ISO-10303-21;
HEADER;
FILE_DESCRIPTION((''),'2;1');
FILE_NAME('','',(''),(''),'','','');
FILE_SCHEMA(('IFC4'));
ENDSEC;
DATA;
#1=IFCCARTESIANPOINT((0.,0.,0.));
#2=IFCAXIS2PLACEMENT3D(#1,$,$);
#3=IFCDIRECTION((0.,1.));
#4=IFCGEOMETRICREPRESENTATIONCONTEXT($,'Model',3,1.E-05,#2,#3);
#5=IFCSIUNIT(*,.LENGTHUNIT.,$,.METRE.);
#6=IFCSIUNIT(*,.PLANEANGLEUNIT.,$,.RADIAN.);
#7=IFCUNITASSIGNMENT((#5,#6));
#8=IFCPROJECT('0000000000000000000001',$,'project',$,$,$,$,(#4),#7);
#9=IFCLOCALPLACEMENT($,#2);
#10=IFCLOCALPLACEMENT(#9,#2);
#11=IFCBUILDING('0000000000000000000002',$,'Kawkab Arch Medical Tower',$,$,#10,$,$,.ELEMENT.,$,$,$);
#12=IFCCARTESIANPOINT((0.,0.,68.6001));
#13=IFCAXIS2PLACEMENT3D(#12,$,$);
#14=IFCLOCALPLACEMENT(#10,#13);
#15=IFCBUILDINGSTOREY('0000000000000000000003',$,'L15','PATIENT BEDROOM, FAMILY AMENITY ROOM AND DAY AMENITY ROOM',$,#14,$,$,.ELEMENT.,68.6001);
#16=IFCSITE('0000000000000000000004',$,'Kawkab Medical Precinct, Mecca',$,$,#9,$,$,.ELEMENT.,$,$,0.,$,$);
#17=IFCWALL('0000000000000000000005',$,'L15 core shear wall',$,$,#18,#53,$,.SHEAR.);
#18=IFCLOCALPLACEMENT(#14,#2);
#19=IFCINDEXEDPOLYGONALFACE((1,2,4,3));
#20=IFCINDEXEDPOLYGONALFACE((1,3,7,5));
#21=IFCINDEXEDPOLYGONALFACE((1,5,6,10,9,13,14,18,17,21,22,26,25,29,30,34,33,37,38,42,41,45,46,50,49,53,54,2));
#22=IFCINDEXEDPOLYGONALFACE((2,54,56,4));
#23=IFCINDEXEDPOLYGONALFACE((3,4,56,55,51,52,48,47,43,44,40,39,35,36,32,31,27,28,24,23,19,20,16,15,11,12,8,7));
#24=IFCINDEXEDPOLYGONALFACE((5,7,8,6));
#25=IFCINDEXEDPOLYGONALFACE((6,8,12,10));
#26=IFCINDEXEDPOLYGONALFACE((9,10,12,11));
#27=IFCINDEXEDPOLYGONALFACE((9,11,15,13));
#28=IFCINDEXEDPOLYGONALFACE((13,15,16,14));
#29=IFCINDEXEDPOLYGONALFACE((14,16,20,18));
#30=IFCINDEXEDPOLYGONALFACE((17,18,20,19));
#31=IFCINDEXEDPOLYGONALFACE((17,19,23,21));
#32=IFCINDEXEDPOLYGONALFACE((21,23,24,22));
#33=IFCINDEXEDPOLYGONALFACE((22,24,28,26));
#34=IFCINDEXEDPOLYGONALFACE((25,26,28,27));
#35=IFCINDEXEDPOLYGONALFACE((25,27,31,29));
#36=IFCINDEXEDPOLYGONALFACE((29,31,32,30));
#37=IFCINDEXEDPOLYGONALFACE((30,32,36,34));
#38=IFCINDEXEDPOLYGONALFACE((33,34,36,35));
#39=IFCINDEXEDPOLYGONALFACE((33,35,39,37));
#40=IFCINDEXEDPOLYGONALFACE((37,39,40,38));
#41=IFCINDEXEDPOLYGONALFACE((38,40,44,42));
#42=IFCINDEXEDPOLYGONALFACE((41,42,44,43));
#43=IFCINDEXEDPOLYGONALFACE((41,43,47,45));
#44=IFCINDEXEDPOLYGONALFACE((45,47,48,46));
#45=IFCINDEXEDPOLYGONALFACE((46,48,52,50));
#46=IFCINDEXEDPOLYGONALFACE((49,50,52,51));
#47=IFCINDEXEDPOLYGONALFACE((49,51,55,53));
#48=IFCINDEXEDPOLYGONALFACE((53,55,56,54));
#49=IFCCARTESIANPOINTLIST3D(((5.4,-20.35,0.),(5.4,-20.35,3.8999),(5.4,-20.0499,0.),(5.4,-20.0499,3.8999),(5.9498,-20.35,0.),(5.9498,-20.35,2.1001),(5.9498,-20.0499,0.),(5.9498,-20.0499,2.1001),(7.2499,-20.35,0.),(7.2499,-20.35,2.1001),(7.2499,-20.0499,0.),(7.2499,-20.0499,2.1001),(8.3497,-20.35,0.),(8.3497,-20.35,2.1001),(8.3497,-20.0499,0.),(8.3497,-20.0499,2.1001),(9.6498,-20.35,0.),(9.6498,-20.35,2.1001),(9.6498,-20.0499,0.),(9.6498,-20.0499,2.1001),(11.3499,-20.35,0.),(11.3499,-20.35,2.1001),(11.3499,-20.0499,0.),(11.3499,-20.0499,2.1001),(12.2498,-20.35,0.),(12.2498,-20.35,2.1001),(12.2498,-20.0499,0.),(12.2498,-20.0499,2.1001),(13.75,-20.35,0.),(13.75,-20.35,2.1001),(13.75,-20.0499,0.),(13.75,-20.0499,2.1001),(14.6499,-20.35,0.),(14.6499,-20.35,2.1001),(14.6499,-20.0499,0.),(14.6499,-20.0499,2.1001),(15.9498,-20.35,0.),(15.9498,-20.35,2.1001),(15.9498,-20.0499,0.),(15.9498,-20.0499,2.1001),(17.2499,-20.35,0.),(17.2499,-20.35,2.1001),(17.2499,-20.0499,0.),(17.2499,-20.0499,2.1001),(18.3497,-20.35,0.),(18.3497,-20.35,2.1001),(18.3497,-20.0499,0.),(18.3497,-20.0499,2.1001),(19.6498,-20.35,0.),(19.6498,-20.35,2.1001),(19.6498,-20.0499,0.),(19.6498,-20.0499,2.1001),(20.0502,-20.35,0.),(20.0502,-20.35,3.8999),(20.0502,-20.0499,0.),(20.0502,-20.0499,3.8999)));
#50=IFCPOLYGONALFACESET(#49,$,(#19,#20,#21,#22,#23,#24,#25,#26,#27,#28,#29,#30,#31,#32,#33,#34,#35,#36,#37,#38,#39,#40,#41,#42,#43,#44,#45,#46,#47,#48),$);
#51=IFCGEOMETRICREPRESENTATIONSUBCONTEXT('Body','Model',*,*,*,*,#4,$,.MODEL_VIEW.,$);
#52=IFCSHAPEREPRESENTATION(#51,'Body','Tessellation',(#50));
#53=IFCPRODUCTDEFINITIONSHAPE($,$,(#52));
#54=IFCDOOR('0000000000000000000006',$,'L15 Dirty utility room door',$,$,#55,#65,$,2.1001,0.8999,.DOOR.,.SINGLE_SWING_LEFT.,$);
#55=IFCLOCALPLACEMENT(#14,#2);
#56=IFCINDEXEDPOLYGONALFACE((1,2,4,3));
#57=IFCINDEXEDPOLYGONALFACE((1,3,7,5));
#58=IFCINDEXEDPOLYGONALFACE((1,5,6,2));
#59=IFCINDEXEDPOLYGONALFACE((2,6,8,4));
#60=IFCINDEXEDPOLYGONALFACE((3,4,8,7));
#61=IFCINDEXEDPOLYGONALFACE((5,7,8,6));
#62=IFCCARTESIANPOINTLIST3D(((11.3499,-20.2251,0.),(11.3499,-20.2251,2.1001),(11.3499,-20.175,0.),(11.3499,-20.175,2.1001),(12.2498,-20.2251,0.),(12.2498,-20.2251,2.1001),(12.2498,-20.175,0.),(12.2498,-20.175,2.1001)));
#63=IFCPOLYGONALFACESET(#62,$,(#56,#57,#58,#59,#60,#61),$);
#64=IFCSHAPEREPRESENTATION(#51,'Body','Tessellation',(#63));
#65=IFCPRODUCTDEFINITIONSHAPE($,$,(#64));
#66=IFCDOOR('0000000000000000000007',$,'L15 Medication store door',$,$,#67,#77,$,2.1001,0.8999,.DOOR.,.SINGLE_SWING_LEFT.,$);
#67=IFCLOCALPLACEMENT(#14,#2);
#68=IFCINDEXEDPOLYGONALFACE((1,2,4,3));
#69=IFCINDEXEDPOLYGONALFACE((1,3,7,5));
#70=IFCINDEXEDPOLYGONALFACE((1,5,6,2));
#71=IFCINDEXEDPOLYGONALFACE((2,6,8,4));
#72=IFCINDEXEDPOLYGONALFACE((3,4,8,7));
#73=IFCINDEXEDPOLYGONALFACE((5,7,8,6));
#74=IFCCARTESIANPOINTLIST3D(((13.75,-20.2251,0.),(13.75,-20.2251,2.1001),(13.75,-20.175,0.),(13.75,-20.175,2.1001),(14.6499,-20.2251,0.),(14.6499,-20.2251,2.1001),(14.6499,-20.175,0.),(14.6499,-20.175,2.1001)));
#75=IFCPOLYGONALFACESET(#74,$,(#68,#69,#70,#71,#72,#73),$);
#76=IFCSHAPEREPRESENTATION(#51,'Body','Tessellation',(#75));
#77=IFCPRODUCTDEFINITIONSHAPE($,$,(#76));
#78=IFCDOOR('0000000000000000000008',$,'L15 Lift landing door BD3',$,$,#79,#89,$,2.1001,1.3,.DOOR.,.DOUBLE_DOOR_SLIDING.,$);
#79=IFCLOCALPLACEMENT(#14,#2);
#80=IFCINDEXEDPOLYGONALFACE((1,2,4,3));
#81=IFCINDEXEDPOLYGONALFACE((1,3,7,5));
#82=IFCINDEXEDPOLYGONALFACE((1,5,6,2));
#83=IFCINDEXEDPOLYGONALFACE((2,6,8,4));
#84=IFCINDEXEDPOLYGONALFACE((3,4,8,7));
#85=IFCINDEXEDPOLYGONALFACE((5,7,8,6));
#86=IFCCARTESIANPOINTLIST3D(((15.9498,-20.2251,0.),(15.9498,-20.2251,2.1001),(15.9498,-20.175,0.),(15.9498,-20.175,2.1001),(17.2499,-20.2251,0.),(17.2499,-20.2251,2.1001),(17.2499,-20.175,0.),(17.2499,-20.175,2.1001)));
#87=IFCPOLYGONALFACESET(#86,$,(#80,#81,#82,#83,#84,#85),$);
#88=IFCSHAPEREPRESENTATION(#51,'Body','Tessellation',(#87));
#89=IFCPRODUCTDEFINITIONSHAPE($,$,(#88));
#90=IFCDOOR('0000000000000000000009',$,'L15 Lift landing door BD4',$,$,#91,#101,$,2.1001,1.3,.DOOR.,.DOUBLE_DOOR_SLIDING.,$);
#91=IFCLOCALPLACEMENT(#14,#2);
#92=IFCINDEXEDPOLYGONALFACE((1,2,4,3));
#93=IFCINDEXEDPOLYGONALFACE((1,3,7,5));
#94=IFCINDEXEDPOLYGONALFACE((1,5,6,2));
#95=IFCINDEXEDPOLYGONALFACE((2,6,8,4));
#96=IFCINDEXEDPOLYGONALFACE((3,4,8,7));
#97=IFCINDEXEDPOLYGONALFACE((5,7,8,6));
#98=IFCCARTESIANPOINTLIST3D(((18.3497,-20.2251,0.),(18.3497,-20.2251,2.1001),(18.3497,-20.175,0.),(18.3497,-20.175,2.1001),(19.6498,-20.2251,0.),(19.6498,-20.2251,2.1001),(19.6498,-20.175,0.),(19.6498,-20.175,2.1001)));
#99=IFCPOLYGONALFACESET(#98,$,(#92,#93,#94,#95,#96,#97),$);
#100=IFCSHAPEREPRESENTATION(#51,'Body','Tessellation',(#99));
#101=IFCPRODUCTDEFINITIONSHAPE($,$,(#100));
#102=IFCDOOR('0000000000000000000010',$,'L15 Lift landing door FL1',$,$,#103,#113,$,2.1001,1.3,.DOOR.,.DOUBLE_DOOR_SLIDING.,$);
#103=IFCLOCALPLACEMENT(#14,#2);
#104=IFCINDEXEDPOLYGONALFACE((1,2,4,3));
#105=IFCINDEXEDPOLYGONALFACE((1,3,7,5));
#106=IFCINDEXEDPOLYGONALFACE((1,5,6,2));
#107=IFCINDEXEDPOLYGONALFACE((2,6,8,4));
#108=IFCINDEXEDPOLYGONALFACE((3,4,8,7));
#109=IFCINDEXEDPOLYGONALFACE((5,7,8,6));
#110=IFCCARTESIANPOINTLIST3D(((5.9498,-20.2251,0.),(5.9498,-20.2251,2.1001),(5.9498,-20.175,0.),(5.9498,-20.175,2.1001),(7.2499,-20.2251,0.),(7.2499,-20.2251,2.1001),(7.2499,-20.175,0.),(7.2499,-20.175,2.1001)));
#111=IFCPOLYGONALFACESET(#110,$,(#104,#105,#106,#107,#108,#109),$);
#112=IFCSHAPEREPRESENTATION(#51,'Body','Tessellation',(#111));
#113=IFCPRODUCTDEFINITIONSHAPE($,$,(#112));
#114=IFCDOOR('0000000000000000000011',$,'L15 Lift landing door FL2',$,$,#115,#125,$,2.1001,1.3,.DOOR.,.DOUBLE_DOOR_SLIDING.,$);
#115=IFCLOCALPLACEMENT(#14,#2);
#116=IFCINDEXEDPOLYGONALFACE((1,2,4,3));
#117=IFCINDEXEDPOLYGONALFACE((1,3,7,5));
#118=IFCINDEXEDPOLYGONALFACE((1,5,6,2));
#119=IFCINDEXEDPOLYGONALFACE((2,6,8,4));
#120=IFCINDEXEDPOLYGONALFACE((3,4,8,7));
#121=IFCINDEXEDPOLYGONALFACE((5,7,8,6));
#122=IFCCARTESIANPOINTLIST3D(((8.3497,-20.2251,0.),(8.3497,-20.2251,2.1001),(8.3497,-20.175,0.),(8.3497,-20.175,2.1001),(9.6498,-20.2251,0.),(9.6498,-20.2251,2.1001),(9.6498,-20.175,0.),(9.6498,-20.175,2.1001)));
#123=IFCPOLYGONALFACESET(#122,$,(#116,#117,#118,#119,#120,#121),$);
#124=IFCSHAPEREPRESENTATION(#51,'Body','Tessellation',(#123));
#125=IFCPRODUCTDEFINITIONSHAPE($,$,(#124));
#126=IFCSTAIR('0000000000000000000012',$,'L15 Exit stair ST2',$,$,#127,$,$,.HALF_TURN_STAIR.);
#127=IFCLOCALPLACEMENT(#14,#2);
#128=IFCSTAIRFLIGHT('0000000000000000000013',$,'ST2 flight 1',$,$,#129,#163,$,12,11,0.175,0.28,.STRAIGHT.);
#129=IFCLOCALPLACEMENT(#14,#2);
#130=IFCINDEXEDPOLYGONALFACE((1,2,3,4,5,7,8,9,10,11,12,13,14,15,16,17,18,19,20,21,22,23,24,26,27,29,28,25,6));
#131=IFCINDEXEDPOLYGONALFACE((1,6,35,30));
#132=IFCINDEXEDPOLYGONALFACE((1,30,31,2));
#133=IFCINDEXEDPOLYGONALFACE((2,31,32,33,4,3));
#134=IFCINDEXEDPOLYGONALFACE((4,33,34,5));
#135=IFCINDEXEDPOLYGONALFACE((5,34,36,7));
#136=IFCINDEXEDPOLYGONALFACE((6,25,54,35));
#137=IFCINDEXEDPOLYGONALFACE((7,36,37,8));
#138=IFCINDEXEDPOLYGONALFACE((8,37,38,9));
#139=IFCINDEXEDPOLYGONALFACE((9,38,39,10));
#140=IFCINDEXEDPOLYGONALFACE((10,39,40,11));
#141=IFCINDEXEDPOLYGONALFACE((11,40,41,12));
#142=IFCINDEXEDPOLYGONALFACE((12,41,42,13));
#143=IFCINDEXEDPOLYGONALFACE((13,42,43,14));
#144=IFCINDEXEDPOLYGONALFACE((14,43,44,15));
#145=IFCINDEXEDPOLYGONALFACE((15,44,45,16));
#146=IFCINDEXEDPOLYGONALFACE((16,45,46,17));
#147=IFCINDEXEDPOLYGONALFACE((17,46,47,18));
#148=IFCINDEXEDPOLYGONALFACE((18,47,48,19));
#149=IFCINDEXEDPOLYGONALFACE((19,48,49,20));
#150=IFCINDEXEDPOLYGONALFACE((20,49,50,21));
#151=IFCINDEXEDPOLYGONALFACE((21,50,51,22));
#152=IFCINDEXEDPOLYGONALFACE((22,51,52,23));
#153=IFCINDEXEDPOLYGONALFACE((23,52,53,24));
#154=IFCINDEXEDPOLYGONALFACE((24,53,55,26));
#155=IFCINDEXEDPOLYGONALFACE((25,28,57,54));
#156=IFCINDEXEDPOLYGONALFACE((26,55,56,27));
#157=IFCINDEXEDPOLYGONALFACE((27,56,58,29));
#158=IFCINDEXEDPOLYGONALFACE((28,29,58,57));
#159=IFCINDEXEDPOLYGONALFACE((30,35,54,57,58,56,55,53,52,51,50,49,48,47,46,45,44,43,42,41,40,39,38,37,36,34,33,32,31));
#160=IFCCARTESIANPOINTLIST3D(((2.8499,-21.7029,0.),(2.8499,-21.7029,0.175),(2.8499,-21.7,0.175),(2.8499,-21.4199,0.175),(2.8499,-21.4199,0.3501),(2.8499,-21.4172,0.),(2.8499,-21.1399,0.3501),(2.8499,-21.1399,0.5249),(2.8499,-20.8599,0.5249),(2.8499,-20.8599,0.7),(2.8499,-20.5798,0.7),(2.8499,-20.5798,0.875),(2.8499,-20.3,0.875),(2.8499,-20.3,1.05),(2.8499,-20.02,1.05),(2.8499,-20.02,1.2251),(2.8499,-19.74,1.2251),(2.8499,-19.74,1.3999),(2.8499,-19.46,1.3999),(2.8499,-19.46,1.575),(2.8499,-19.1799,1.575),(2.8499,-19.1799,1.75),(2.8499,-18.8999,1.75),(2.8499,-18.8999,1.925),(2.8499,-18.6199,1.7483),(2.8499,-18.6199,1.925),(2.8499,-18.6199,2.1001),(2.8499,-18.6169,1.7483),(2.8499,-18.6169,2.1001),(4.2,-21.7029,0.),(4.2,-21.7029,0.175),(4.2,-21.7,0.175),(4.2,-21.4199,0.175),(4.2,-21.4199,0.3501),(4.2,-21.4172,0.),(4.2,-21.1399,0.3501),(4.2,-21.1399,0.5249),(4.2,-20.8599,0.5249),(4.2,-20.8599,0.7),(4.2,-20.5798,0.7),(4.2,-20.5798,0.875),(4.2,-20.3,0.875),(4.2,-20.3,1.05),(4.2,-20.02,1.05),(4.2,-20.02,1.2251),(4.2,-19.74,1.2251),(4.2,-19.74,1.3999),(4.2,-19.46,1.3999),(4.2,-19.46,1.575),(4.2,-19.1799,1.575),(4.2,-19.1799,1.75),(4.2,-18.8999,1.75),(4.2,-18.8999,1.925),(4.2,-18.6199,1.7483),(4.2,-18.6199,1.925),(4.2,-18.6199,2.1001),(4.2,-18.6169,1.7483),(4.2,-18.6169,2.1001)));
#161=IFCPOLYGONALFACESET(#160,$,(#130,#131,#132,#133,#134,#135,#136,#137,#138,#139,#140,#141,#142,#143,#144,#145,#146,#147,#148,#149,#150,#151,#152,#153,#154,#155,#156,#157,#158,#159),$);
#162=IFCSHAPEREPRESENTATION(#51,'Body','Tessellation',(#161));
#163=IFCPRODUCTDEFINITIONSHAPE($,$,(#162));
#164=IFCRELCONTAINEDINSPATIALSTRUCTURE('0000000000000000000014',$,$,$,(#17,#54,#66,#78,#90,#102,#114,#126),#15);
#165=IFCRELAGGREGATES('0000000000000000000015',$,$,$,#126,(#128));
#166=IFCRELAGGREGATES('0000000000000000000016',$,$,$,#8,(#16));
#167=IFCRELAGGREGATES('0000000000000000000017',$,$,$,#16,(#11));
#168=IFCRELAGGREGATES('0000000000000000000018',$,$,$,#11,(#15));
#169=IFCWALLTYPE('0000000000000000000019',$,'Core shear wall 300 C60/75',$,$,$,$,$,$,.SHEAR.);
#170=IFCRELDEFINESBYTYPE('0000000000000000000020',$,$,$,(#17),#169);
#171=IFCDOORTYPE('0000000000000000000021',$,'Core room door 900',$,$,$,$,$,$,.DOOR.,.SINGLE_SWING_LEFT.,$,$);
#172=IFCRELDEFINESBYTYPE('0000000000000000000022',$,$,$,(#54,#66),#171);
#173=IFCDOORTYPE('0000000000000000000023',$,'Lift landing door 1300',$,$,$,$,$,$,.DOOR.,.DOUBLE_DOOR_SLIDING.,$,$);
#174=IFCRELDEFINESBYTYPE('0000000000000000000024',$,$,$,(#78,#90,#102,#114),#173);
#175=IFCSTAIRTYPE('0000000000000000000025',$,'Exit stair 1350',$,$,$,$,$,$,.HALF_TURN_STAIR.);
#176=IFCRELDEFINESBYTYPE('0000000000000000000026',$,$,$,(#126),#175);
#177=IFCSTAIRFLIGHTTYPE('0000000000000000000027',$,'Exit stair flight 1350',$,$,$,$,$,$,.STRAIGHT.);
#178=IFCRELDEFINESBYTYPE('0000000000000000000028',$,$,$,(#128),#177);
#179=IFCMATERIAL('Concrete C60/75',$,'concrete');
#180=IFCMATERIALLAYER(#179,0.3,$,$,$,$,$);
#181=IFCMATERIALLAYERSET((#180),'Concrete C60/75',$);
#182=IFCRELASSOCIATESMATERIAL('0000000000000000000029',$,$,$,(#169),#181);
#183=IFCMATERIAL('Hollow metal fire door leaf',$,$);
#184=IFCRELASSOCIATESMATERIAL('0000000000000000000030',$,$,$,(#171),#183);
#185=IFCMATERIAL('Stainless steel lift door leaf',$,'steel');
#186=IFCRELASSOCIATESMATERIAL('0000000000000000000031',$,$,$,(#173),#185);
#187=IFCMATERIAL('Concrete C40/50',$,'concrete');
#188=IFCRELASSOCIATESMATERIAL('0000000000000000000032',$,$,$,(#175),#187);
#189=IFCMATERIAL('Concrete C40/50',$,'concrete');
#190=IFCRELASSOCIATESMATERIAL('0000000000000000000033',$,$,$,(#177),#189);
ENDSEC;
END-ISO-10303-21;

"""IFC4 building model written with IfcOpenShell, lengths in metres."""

from ifc_helpers import new_model, si_unit, direction, frame, frame_2d, origin, place, context, subcontext, project, spatial, polyline, rectangle, outline, extrude, material, layer, layer_set, type_object, element, fill, aggregate, save


model = new_model("IFC4")

# Units and contexts
model_context = context("Model", 3, precision=1e-05, world=origin(), true_north=direction((0.0, 1.0)))
body_context = subcontext(model_context, "Body", "Model", "MODEL_VIEW")
ifc_project = project(units=[si_unit("LENGTHUNIT", "METRE"), si_unit("PLANEANGLEUNIT", "RADIAN")], contexts=[model_context])

# Site, building, storey
site_placement = place(None, origin())
site = spatial("IfcSite", under=ifc_project, at=site_placement, Name="Kawkab Medical Precinct, Mecca", CompositionType="ELEMENT", RefElevation=0.0)
building_placement = place(site_placement, origin())
building = spatial("IfcBuilding", under=site, at=building_placement, Name="Kawkab Arch Medical Tower", CompositionType="ELEMENT")
storey_placement = place(building_placement, frame((0.0, 0.0, 68.6001)))
storey = spatial("IfcBuildingStorey", under=building, at=storey_placement, Name="L15", Description="PATIENT BEDROOM, FAMILY AMENITY ROOM AND DAY AMENITY ROOM", CompositionType="ELEMENT", Elevation=68.6001)

# Shared definitions
ifc_material_1 = material(Name="Concrete C60/75", Category="concrete")
ifc_layer_1 = layer(ifc_material_1, 0.3)
ifc_layer_set_1 = layer_set([ifc_layer_1], Name="Concrete C60/75")
wall_type_1 = type_object("IfcWallType", Name="Core shear wall 300 C60/75", PredefinedType="SHEAR", material=ifc_layer_set_1)

# Wall, openings, doors
wall_1_placement = place(storey_placement, frame((5.3999, -20.2, 0.0), z_axis=(0.0, 0.0, 1.0), x_axis=(1.0, 0.0, 0.0)))
wall_1 = element("IfcWall", 1, at=wall_1_placement, inside=storey, type_object=wall_type_1, Name="L15 core shear wall", PredefinedType="SHEAR", context=body_context, shape_type="SweptSolid", body=[
    extrude(rectangle(XDim=14.6501, YDim=0.3, at=frame_2d((7.3252, 0.0))), origin(), (0.0, 0.0, 1.0), 3.8999),
])
opening_1_placement = place(wall_1_placement, frame((10.55, 0.0, 0.0)))
opening_1 = element("IfcOpeningElement", 2, at=opening_1_placement, cuts=wall_1, PredefinedType="OPENING", context=body_context, shape_type="SweptSolid", body=[
    extrude(rectangle(XDim=1.3, YDim=2.1001, at=frame_2d((0.6499, 1.05))), frame((0.0, 0.1599, 0.0), z_axis=(0.0, -1.0, 0.0), x_axis=(1.0, 0.0, 0.0)), (0.0, 0.0, 1.0), 0.3201),
])
opening_2_placement = place(wall_1_placement, frame((12.95, 0.0, 0.0)))
opening_2 = element("IfcOpeningElement", 3, at=opening_2_placement, cuts=wall_1, PredefinedType="OPENING", context=body_context, shape_type="SweptSolid", body=[
    extrude(rectangle(XDim=1.3, YDim=2.1001, at=frame_2d((0.6499, 1.05))), frame((0.0, 0.1599, 0.0), z_axis=(0.0, -1.0, 0.0), x_axis=(1.0, 0.0, 0.0)), (0.0, 0.0, 1.0), 0.3201),
])
opening_3_placement = place(wall_1_placement, frame((0.55, 0.0, 0.0)))
opening_3 = element("IfcOpeningElement", 4, at=opening_3_placement, cuts=wall_1, PredefinedType="OPENING", context=body_context, shape_type="SweptSolid", body=[
    extrude(rectangle(XDim=1.3, YDim=2.1001, at=frame_2d((0.6499, 1.05))), frame((0.0, 0.1599, 0.0), z_axis=(0.0, -1.0, 0.0), x_axis=(1.0, 0.0, 0.0)), (0.0, 0.0, 1.0), 0.3201),
])
opening_4_placement = place(wall_1_placement, frame((2.95, 0.0, 0.0)))
opening_4 = element("IfcOpeningElement", 5, at=opening_4_placement, cuts=wall_1, PredefinedType="OPENING", context=body_context, shape_type="SweptSolid", body=[
    extrude(rectangle(XDim=1.3, YDim=2.1001, at=frame_2d((0.6499, 1.05))), frame((0.0, 0.1599, 0.0), z_axis=(0.0, -1.0, 0.0), x_axis=(1.0, 0.0, 0.0)), (0.0, 0.0, 1.0), 0.3201),
])
opening_5_placement = place(wall_1_placement, frame((5.95, 0.0, 0.0)))
opening_5 = element("IfcOpeningElement", 6, at=opening_5_placement, cuts=wall_1, PredefinedType="OPENING", context=body_context, shape_type="SweptSolid", body=[
    extrude(rectangle(XDim=0.8999, YDim=2.1001, at=frame_2d((0.45, 1.05))), frame((0.0, 0.1599, 0.0), z_axis=(0.0, -1.0, 0.0), x_axis=(1.0, 0.0, 0.0)), (0.0, 0.0, 1.0), 0.3201),
])
opening_6_placement = place(wall_1_placement, frame((8.3501, 0.0, 0.0)))
opening_6 = element("IfcOpeningElement", 7, at=opening_6_placement, cuts=wall_1, PredefinedType="OPENING", context=body_context, shape_type="SweptSolid", body=[
    extrude(rectangle(XDim=0.8999, YDim=2.1001, at=frame_2d((0.45, 1.05))), frame((0.0, 0.1599, 0.0), z_axis=(0.0, -1.0, 0.0), x_axis=(1.0, 0.0, 0.0)), (0.0, 0.0, 1.0), 0.3201),
])
ifc_material_2 = material(Name="Hollow metal fire door leaf")
door_type_1 = type_object("IfcDoorType", Name="Core room door 900", OperationType="SINGLE_SWING_LEFT", PredefinedType="DOOR", material=ifc_material_2)
door_1_placement = place(opening_5_placement, origin())
door_1 = element("IfcDoor", 8, at=door_1_placement, inside=storey, type_object=door_type_1, Name="L15 Dirty utility room door", OperationType="SINGLE_SWING_LEFT", OverallHeight=2.1001, OverallWidth=0.8999, PredefinedType="DOOR", context=body_context, shape_type="SweptSolid", body=[
    extrude(rectangle(XDim=0.8999, YDim=2.1001, at=frame_2d((0.45, 1.05))), frame((0.0, 0.0249, 0.0), z_axis=(0.0, -1.0, 0.0), x_axis=(1.0, 0.0, 0.0)), (0.0, 0.0, 1.0), 0.05),
])
fill(opening_5, door_1)
door_2_placement = place(opening_6_placement, origin())
door_2 = element("IfcDoor", 9, at=door_2_placement, inside=storey, type_object=door_type_1, Name="L15 Medication store door", OperationType="SINGLE_SWING_LEFT", OverallHeight=2.1001, OverallWidth=0.8999, PredefinedType="DOOR", context=body_context, shape_type="SweptSolid", body=[
    extrude(rectangle(XDim=0.8999, YDim=2.1001, at=frame_2d((0.45, 1.05))), frame((0.0, 0.0249, 0.0), z_axis=(0.0, -1.0, 0.0), x_axis=(1.0, 0.0, 0.0)), (0.0, 0.0, 1.0), 0.05),
])
fill(opening_6, door_2)
ifc_material_3 = material(Name="Stainless steel lift door leaf", Category="steel")
door_type_2 = type_object("IfcDoorType", Name="Lift landing door 1300", OperationType="DOUBLE_DOOR_SLIDING", PredefinedType="DOOR", material=ifc_material_3)
door_3_placement = place(opening_1_placement, origin())
door_3 = element("IfcDoor", 10, at=door_3_placement, inside=storey, type_object=door_type_2, Name="L15 Lift landing door BD3", OperationType="DOUBLE_DOOR_SLIDING", OverallHeight=2.1001, OverallWidth=1.3, PredefinedType="DOOR", context=body_context, shape_type="SweptSolid", body=[
    extrude(rectangle(XDim=1.3, YDim=2.1001, at=frame_2d((0.6499, 1.05))), frame((0.0, 0.0249, 0.0), z_axis=(0.0, -1.0, 0.0), x_axis=(1.0, 0.0, 0.0)), (0.0, 0.0, 1.0), 0.05),
])
fill(opening_1, door_3)
door_4_placement = place(opening_2_placement, origin())
door_4 = element("IfcDoor", 11, at=door_4_placement, inside=storey, type_object=door_type_2, Name="L15 Lift landing door BD4", OperationType="DOUBLE_DOOR_SLIDING", OverallHeight=2.1001, OverallWidth=1.3, PredefinedType="DOOR", context=body_context, shape_type="SweptSolid", body=[
    extrude(rectangle(XDim=1.3, YDim=2.1001, at=frame_2d((0.6499, 1.05))), frame((0.0, 0.0249, 0.0), z_axis=(0.0, -1.0, 0.0), x_axis=(1.0, 0.0, 0.0)), (0.0, 0.0, 1.0), 0.05),
])
fill(opening_2, door_4)
door_5_placement = place(opening_3_placement, origin())
door_5 = element("IfcDoor", 12, at=door_5_placement, inside=storey, type_object=door_type_2, Name="L15 Lift landing door FL1", OperationType="DOUBLE_DOOR_SLIDING", OverallHeight=2.1001, OverallWidth=1.3, PredefinedType="DOOR", context=body_context, shape_type="SweptSolid", body=[
    extrude(rectangle(XDim=1.3, YDim=2.1001, at=frame_2d((0.6499, 1.05))), frame((0.0, 0.0249, 0.0), z_axis=(0.0, -1.0, 0.0), x_axis=(1.0, 0.0, 0.0)), (0.0, 0.0, 1.0), 0.05),
])
fill(opening_3, door_5)
door_6_placement = place(opening_4_placement, origin())
door_6 = element("IfcDoor", 13, at=door_6_placement, inside=storey, type_object=door_type_2, Name="L15 Lift landing door FL2", OperationType="DOUBLE_DOOR_SLIDING", OverallHeight=2.1001, OverallWidth=1.3, PredefinedType="DOOR", context=body_context, shape_type="SweptSolid", body=[
    extrude(rectangle(XDim=1.3, YDim=2.1001, at=frame_2d((0.6499, 1.05))), frame((0.0, 0.0249, 0.0), z_axis=(0.0, -1.0, 0.0), x_axis=(1.0, 0.0, 0.0)), (0.0, 0.0, 1.0), 0.05),
])
fill(opening_4, door_6)

# Stair, stair flight
ifc_material_4 = material(Name="Concrete C40/50", Category="concrete")
stair_type = type_object("IfcStairType", Name="Exit stair 1350", PredefinedType="HALF_TURN_STAIR", material=ifc_material_4)
stair_placement = place(storey_placement, origin())
stair = element("IfcStair", 14, at=stair_placement, inside=storey, type_object=stair_type, Name="L15 Exit stair ST2", PredefinedType="HALF_TURN_STAIR")
ifc_material_5 = material(Name="Concrete C40/50", Category="concrete")
stair_flight_type = type_object("IfcStairFlightType", Name="Exit stair flight 1350", PredefinedType="STRAIGHT", material=ifc_material_5)
stair_flight_placement = place(storey_placement, frame((3.5249, -21.7, 0.0), z_axis=(0.0, 0.0, 1.0), x_axis=(0.0, 1.0, 0.0)))
stair_flight = element("IfcStairFlight", 15, at=stair_flight_placement, type_object=stair_flight_type, Name="ST2 flight 1", NumberOfRisers=12, NumberOfTreads=11, PredefinedType="STRAIGHT", RiserHeight=0.175, TreadLength=0.28, context=body_context, shape_type="SweptSolid", body=[
    extrude(outline(polyline([(-0.0029, 0.0), (-0.0029, 0.175), (0.0, 0.175), (0.28, 0.175), (0.28, 0.3501), (0.5601, 0.3501), (0.5601, 0.5249), (0.8401, 0.5249), (0.8401, 0.7), (1.1201, 0.7), (1.1201, 0.875), (1.3999, 0.875), (1.3999, 1.05), (1.6799, 1.05), (1.6799, 1.2251), (1.96, 1.2251), (1.96, 1.3999), (2.24, 1.3999), (2.24, 1.575), (2.52, 1.575), (2.52, 1.75), (2.8, 1.75), (2.8, 1.925), (3.0801, 1.925), (3.0801, 2.1001), (3.083, 2.1001), (3.083, 1.7483), (3.0801, 1.7483), (0.2827, 0.0), (-0.0029, 0.0)])), frame((0.0, 0.675, 0.0), z_axis=(0.0, -1.0, 0.0), x_axis=(1.0, 0.0, 0.0)), (0.0, 0.0, 1.0), 1.3501),
])
aggregate(stair, [stair_flight])

save(model, "model.ifc")
